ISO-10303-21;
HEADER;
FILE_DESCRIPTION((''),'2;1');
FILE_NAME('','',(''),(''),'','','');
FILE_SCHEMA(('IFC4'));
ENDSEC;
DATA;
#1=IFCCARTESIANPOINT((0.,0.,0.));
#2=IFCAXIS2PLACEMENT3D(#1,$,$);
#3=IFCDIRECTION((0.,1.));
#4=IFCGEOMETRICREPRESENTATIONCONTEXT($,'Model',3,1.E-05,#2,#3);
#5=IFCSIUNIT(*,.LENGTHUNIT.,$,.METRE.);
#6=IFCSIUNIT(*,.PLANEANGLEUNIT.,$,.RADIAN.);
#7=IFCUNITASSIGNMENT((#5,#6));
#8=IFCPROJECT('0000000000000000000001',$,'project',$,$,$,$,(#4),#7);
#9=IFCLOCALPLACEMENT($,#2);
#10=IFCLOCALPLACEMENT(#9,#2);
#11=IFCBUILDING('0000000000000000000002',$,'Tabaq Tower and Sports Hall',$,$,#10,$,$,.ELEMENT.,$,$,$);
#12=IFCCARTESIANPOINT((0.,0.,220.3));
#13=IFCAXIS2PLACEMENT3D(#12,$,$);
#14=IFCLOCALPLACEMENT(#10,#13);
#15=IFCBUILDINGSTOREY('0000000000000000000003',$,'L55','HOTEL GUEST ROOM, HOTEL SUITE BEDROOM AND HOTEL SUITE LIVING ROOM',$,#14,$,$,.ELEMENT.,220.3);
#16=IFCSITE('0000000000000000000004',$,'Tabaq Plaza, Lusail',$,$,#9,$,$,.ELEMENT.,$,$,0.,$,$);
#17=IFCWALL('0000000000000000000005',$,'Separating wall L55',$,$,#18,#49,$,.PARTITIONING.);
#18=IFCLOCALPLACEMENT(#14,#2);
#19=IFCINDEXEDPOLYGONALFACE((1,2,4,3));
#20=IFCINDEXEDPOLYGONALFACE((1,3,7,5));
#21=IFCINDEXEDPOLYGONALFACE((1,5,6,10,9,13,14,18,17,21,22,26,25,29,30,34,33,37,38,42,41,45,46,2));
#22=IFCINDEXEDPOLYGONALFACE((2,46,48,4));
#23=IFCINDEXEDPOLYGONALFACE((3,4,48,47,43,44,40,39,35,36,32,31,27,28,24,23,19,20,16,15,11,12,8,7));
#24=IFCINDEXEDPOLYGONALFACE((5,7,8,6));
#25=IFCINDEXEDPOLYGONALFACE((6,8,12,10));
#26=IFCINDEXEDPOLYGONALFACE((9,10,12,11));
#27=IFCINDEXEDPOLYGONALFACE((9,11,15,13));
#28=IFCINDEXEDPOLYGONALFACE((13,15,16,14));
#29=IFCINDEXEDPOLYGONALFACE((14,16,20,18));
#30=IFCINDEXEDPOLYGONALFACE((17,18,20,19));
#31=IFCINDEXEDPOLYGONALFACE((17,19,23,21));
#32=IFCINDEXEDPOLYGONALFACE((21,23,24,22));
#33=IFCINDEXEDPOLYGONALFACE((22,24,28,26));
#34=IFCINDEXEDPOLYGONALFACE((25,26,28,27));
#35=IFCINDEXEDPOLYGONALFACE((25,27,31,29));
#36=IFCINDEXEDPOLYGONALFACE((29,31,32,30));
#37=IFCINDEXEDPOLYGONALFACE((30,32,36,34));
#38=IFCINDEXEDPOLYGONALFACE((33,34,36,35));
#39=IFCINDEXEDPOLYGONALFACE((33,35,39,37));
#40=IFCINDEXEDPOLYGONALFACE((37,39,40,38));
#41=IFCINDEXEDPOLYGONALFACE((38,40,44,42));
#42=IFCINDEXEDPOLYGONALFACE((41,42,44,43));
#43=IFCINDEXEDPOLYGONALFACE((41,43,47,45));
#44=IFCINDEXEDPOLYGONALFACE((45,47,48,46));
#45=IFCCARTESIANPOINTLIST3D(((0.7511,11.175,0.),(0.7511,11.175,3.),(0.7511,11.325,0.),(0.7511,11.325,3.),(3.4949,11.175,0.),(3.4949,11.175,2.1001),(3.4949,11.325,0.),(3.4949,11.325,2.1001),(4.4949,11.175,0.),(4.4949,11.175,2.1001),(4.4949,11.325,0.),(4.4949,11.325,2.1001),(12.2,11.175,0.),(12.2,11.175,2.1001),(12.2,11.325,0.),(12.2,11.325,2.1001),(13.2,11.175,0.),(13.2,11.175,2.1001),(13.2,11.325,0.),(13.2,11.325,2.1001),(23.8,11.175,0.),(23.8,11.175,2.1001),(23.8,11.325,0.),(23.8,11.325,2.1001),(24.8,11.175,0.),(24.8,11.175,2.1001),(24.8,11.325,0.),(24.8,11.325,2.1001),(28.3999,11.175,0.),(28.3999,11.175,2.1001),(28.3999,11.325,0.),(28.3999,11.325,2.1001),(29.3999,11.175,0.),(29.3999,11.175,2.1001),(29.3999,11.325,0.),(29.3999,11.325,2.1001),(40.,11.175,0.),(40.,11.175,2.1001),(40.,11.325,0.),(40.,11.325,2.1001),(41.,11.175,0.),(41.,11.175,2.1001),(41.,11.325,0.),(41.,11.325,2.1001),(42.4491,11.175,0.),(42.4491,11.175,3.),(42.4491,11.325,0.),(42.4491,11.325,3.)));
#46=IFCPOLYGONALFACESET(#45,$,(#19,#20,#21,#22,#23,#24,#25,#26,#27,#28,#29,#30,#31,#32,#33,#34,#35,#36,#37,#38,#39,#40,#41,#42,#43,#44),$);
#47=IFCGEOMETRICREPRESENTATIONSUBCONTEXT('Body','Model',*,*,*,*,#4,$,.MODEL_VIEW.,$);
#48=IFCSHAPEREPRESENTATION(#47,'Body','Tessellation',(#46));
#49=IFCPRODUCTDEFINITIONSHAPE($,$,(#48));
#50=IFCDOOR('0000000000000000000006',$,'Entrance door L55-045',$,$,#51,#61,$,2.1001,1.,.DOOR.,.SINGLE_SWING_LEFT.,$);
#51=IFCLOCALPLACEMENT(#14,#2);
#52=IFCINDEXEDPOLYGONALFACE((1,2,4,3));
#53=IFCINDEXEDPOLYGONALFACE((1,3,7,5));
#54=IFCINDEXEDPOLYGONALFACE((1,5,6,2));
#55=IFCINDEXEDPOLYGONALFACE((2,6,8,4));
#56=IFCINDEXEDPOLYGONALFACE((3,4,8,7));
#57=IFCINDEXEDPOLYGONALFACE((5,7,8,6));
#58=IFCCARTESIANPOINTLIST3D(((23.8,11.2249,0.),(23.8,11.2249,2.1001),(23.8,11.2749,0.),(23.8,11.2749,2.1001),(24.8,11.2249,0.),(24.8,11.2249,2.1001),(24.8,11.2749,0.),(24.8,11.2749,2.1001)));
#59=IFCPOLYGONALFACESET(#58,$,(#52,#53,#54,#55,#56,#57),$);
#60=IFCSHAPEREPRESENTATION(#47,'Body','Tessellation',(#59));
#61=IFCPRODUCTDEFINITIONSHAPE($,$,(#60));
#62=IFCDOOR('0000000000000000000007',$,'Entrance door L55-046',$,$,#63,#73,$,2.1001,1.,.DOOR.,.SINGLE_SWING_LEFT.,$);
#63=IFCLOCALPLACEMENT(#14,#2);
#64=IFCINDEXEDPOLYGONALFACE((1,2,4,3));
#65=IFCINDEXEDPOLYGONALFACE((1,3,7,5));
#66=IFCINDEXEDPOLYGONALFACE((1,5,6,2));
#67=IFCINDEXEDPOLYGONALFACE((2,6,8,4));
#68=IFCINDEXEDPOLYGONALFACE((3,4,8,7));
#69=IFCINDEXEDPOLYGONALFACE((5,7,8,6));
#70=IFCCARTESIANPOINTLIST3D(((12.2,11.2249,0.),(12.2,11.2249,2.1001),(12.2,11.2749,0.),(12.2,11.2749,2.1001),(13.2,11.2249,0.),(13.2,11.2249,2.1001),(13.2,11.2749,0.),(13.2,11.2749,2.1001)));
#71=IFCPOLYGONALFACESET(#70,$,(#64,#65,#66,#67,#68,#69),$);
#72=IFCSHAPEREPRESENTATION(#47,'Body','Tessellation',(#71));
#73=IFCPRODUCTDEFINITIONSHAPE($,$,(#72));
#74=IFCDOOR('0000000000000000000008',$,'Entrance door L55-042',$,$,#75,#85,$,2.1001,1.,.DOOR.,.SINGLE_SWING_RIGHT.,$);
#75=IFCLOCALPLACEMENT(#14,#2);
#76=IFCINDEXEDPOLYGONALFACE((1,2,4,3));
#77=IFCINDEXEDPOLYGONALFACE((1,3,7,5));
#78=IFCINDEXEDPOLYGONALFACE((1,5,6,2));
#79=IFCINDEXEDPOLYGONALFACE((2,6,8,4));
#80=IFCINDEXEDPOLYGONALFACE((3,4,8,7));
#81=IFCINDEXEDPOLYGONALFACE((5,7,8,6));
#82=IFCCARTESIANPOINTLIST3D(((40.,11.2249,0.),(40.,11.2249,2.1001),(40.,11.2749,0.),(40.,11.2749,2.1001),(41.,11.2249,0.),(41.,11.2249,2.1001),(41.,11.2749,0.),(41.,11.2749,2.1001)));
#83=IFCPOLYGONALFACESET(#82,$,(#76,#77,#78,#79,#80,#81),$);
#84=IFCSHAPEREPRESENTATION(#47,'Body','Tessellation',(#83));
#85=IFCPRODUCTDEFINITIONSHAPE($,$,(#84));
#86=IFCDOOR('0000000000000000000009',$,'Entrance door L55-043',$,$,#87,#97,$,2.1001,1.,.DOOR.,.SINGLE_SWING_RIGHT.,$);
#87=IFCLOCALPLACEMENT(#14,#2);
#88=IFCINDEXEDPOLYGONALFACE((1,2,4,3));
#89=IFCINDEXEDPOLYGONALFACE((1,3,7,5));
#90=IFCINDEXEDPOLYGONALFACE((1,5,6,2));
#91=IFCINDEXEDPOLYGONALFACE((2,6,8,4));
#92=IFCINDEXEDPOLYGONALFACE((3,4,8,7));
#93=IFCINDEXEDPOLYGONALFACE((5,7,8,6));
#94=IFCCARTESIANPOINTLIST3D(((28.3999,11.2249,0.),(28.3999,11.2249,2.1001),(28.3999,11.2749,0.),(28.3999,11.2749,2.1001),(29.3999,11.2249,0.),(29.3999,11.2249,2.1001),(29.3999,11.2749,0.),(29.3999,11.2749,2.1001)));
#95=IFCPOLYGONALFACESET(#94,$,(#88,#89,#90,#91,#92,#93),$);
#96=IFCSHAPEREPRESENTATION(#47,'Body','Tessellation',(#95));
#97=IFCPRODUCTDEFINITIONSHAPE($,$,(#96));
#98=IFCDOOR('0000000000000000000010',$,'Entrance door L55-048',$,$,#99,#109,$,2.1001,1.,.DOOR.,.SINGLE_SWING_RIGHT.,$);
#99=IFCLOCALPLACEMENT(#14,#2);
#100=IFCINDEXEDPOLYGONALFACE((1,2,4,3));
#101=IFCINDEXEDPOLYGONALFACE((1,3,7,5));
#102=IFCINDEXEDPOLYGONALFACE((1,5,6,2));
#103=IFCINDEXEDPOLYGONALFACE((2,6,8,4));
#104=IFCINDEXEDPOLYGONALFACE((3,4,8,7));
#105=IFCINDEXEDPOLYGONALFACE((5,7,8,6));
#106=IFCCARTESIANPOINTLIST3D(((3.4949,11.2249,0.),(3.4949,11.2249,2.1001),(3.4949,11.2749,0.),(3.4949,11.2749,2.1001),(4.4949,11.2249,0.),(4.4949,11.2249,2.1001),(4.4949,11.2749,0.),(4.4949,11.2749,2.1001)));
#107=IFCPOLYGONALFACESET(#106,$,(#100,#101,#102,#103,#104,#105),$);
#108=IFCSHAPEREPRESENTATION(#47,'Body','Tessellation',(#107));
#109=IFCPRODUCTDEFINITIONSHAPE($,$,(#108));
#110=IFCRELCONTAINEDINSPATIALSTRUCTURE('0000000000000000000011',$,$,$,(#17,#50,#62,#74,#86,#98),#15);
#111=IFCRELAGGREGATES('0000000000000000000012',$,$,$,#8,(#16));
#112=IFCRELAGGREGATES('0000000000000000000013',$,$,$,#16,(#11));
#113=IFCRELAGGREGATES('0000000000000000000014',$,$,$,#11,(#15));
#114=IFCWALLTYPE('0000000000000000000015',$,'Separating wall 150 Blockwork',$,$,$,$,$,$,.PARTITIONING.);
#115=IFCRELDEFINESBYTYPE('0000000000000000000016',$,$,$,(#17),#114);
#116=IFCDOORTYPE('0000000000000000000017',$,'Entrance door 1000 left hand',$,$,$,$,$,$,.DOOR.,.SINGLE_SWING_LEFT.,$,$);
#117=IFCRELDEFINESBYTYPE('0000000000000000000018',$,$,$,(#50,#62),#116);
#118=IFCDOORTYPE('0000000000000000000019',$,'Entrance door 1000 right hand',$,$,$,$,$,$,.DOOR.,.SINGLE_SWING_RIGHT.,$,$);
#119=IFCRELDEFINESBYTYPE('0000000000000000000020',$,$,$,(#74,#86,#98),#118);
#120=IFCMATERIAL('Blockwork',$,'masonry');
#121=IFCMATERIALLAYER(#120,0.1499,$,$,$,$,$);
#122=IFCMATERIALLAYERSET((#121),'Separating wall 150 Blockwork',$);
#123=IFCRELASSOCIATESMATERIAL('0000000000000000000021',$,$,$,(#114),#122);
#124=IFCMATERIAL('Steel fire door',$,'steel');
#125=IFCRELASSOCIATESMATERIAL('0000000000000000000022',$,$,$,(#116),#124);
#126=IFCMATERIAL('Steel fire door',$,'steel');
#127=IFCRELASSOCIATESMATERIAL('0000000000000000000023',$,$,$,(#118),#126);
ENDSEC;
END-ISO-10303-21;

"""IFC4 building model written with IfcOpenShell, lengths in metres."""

from ifc_helpers import new_model, si_unit, direction, frame, frame_2d, origin, place, context, subcontext, project, spatial, rectangle, extrude, material, layer, layer_set, type_object, element, fill, save


model = new_model("IFC4")

# Units and contexts
model_context = context("Model", 3, precision=1e-05, world=origin(), true_north=direction((0.0, 1.0)))
body_context = subcontext(model_context, "Body", "Model", "MODEL_VIEW")
ifc_project = project(units=[si_unit("LENGTHUNIT", "METRE"), si_unit("PLANEANGLEUNIT", "RADIAN")], contexts=[model_context])

# Site, building, storey
site_placement = place(None, origin())
site = spatial("IfcSite", under=ifc_project, at=site_placement, Name="Tabaq Plaza, Lusail", CompositionType="ELEMENT", RefElevation=0.0)
building_placement = place(site_placement, origin())
building = spatial("IfcBuilding", under=site, at=building_placement, Name="Tabaq Tower and Sports Hall", CompositionType="ELEMENT")
storey_placement = place(building_placement, frame((0.0, 0.0, 220.3)))
storey = spatial("IfcBuildingStorey", under=building, at=storey_placement, Name="L55", Description="HOTEL GUEST ROOM, HOTEL SUITE BEDROOM AND HOTEL SUITE LIVING ROOM", CompositionType="ELEMENT", Elevation=220.3)

# Wall, openings, doors
ifc_material_1 = material(Name="Blockwork", Category="masonry")
ifc_layer_1 = layer(ifc_material_1, 0.1499)
ifc_layer_set_1 = layer_set([ifc_layer_1], Name="Separating wall 150 Blockwork")
wall_type_1 = type_object("IfcWallType", Name="Separating wall 150 Blockwork", PredefinedType="PARTITIONING", material=ifc_layer_set_1)
wall_1_placement = place(storey_placement, frame((0.751, 11.25, 0.0), z_axis=(0.0, 0.0, 1.0), x_axis=(1.0, 0.0, 0.0)))
wall_1 = element("IfcWall", 1, at=wall_1_placement, inside=storey, type_object=wall_type_1, Name="Separating wall L55", PredefinedType="PARTITIONING", context=body_context, shape_type="SweptSolid", body=[
    extrude(rectangle(XDim=41.698, YDim=0.1499, at=frame_2d((20.8491, 0.0))), origin(), (0.0, 0.0, 1.0), 3.0),
])
opening_1_placement = place(wall_1_placement, frame((39.249, 0.0, 0.0)))
opening_1 = element("IfcOpeningElement", 2, at=opening_1_placement, cuts=wall_1, PredefinedType="OPENING", context=body_context, shape_type="SweptSolid", body=[
    extrude(rectangle(XDim=1.0, YDim=2.1001, at=frame_2d((0.5, 1.05))), frame((0.0, 0.075, 0.0), z_axis=(0.0, -1.0, 0.0), x_axis=(1.0, 0.0, 0.0)), (0.0, 0.0, 1.0), 0.1499),
])
opening_2_placement = place(wall_1_placement, frame((27.6489, 0.0, 0.0)))
opening_2 = element("IfcOpeningElement", 3, at=opening_2_placement, cuts=wall_1, PredefinedType="OPENING", context=body_context, shape_type="SweptSolid", body=[
    extrude(rectangle(XDim=1.0, YDim=2.1001, at=frame_2d((0.5, 1.05))), frame((0.0, 0.075, 0.0), z_axis=(0.0, -1.0, 0.0), x_axis=(1.0, 0.0, 0.0)), (0.0, 0.0, 1.0), 0.1499),
])
opening_3_placement = place(wall_1_placement, frame((23.0491, 0.0, 0.0)))
opening_3 = element("IfcOpeningElement", 4, at=opening_3_placement, cuts=wall_1, PredefinedType="OPENING", context=body_context, shape_type="SweptSolid", body=[
    extrude(rectangle(XDim=1.0, YDim=2.1001, at=frame_2d((0.5, 1.05))), frame((0.0, 0.075, 0.0), z_axis=(0.0, -1.0, 0.0), x_axis=(1.0, 0.0, 0.0)), (0.0, 0.0, 1.0), 0.1499),
])
opening_4_placement = place(wall_1_placement, frame((11.449, 0.0, 0.0)))
opening_4 = element("IfcOpeningElement", 5, at=opening_4_placement, cuts=wall_1, PredefinedType="OPENING", context=body_context, shape_type="SweptSolid", body=[
    extrude(rectangle(XDim=1.0, YDim=2.1001, at=frame_2d((0.5, 1.05))), frame((0.0, 0.075, 0.0), z_axis=(0.0, -1.0, 0.0), x_axis=(1.0, 0.0, 0.0)), (0.0, 0.0, 1.0), 0.1499),
])
opening_5_placement = place(wall_1_placement, frame((2.7439, 0.0, 0.0)))
opening_5 = element("IfcOpeningElement", 6, at=opening_5_placement, cuts=wall_1, PredefinedType="OPENING", context=body_context, shape_type="SweptSolid", body=[
    extrude(rectangle(XDim=1.0, YDim=2.1001, at=frame_2d((0.5, 1.05))), frame((0.0, 0.075, 0.0), z_axis=(0.0, -1.0, 0.0), x_axis=(1.0, 0.0, 0.0)), (0.0, 0.0, 1.0), 0.1499),
])
ifc_material_2 = material(Name="Steel fire door", Category="steel")
door_type_1 = type_object("IfcDoorType", Name="Entrance door 1000 left hand", OperationType="SINGLE_SWING_LEFT", PredefinedType="DOOR", material=ifc_material_2)
door_1_placement = place(opening_3_placement, origin())
door_1 = element("IfcDoor", 7, at=door_1_placement, inside=storey, type_object=door_type_1, Name="Entrance door L55-045", OperationType="SINGLE_SWING_LEFT", OverallHeight=2.1001, OverallWidth=1.0, PredefinedType="DOOR", context=body_context, shape_type="SweptSolid", body=[
    extrude(rectangle(XDim=1.0, YDim=2.1001, at=frame_2d((0.5, 1.05))), frame((0.0, 0.0249, 0.0), z_axis=(0.0, -1.0, 0.0), x_axis=(1.0, 0.0, 0.0)), (0.0, 0.0, 1.0), 0.05),
])
fill(opening_3, door_1)
door_2_placement = place(opening_4_placement, origin())
door_2 = element("IfcDoor", 8, at=door_2_placement, inside=storey, type_object=door_type_1, Name="Entrance door L55-046", OperationType="SINGLE_SWING_LEFT", OverallHeight=2.1001, OverallWidth=1.0, PredefinedType="DOOR", context=body_context, shape_type="SweptSolid", body=[
    extrude(rectangle(XDim=1.0, YDim=2.1001, at=frame_2d((0.5, 1.05))), frame((0.0, 0.0249, 0.0), z_axis=(0.0, -1.0, 0.0), x_axis=(1.0, 0.0, 0.0)), (0.0, 0.0, 1.0), 0.05),
])
fill(opening_4, door_2)
ifc_material_3 = material(Name="Steel fire door", Category="steel")
door_type_2 = type_object("IfcDoorType", Name="Entrance door 1000 right hand", OperationType="SINGLE_SWING_RIGHT", PredefinedType="DOOR", material=ifc_material_3)
door_3_placement = place(opening_1_placement, origin())
door_3 = element("IfcDoor", 9, at=door_3_placement, inside=storey, type_object=door_type_2, Name="Entrance door L55-042", OperationType="SINGLE_SWING_RIGHT", OverallHeight=2.1001, OverallWidth=1.0, PredefinedType="DOOR", context=body_context, shape_type="SweptSolid", body=[
    extrude(rectangle(XDim=1.0, YDim=2.1001, at=frame_2d((0.5, 1.05))), frame((0.0, 0.0249, 0.0), z_axis=(0.0, -1.0, 0.0), x_axis=(1.0, 0.0, 0.0)), (0.0, 0.0, 1.0), 0.05),
])
fill(opening_1, door_3)
door_4_placement = place(opening_2_placement, origin())
door_4 = element("IfcDoor", 10, at=door_4_placement, inside=storey, type_object=door_type_2, Name="Entrance door L55-043", OperationType="SINGLE_SWING_RIGHT", OverallHeight=2.1001, OverallWidth=1.0, PredefinedType="DOOR", context=body_context, shape_type="SweptSolid", body=[
    extrude(rectangle(XDim=1.0, YDim=2.1001, at=frame_2d((0.5, 1.05))), frame((0.0, 0.0249, 0.0), z_axis=(0.0, -1.0, 0.0), x_axis=(1.0, 0.0, 0.0)), (0.0, 0.0, 1.0), 0.05),
])
fill(opening_2, door_4)
door_5_placement = place(opening_5_placement, origin())
door_5 = element("IfcDoor", 11, at=door_5_placement, inside=storey, type_object=door_type_2, Name="Entrance door L55-048", OperationType="SINGLE_SWING_RIGHT", OverallHeight=2.1001, OverallWidth=1.0, PredefinedType="DOOR", context=body_context, shape_type="SweptSolid", body=[
    extrude(rectangle(XDim=1.0, YDim=2.1001, at=frame_2d((0.5, 1.05))), frame((0.0, 0.0249, 0.0), z_axis=(0.0, -1.0, 0.0), x_axis=(1.0, 0.0, 0.0)), (0.0, 0.0, 1.0), 0.05),
])
fill(opening_5, door_5)

save(model, "model.ifc")
